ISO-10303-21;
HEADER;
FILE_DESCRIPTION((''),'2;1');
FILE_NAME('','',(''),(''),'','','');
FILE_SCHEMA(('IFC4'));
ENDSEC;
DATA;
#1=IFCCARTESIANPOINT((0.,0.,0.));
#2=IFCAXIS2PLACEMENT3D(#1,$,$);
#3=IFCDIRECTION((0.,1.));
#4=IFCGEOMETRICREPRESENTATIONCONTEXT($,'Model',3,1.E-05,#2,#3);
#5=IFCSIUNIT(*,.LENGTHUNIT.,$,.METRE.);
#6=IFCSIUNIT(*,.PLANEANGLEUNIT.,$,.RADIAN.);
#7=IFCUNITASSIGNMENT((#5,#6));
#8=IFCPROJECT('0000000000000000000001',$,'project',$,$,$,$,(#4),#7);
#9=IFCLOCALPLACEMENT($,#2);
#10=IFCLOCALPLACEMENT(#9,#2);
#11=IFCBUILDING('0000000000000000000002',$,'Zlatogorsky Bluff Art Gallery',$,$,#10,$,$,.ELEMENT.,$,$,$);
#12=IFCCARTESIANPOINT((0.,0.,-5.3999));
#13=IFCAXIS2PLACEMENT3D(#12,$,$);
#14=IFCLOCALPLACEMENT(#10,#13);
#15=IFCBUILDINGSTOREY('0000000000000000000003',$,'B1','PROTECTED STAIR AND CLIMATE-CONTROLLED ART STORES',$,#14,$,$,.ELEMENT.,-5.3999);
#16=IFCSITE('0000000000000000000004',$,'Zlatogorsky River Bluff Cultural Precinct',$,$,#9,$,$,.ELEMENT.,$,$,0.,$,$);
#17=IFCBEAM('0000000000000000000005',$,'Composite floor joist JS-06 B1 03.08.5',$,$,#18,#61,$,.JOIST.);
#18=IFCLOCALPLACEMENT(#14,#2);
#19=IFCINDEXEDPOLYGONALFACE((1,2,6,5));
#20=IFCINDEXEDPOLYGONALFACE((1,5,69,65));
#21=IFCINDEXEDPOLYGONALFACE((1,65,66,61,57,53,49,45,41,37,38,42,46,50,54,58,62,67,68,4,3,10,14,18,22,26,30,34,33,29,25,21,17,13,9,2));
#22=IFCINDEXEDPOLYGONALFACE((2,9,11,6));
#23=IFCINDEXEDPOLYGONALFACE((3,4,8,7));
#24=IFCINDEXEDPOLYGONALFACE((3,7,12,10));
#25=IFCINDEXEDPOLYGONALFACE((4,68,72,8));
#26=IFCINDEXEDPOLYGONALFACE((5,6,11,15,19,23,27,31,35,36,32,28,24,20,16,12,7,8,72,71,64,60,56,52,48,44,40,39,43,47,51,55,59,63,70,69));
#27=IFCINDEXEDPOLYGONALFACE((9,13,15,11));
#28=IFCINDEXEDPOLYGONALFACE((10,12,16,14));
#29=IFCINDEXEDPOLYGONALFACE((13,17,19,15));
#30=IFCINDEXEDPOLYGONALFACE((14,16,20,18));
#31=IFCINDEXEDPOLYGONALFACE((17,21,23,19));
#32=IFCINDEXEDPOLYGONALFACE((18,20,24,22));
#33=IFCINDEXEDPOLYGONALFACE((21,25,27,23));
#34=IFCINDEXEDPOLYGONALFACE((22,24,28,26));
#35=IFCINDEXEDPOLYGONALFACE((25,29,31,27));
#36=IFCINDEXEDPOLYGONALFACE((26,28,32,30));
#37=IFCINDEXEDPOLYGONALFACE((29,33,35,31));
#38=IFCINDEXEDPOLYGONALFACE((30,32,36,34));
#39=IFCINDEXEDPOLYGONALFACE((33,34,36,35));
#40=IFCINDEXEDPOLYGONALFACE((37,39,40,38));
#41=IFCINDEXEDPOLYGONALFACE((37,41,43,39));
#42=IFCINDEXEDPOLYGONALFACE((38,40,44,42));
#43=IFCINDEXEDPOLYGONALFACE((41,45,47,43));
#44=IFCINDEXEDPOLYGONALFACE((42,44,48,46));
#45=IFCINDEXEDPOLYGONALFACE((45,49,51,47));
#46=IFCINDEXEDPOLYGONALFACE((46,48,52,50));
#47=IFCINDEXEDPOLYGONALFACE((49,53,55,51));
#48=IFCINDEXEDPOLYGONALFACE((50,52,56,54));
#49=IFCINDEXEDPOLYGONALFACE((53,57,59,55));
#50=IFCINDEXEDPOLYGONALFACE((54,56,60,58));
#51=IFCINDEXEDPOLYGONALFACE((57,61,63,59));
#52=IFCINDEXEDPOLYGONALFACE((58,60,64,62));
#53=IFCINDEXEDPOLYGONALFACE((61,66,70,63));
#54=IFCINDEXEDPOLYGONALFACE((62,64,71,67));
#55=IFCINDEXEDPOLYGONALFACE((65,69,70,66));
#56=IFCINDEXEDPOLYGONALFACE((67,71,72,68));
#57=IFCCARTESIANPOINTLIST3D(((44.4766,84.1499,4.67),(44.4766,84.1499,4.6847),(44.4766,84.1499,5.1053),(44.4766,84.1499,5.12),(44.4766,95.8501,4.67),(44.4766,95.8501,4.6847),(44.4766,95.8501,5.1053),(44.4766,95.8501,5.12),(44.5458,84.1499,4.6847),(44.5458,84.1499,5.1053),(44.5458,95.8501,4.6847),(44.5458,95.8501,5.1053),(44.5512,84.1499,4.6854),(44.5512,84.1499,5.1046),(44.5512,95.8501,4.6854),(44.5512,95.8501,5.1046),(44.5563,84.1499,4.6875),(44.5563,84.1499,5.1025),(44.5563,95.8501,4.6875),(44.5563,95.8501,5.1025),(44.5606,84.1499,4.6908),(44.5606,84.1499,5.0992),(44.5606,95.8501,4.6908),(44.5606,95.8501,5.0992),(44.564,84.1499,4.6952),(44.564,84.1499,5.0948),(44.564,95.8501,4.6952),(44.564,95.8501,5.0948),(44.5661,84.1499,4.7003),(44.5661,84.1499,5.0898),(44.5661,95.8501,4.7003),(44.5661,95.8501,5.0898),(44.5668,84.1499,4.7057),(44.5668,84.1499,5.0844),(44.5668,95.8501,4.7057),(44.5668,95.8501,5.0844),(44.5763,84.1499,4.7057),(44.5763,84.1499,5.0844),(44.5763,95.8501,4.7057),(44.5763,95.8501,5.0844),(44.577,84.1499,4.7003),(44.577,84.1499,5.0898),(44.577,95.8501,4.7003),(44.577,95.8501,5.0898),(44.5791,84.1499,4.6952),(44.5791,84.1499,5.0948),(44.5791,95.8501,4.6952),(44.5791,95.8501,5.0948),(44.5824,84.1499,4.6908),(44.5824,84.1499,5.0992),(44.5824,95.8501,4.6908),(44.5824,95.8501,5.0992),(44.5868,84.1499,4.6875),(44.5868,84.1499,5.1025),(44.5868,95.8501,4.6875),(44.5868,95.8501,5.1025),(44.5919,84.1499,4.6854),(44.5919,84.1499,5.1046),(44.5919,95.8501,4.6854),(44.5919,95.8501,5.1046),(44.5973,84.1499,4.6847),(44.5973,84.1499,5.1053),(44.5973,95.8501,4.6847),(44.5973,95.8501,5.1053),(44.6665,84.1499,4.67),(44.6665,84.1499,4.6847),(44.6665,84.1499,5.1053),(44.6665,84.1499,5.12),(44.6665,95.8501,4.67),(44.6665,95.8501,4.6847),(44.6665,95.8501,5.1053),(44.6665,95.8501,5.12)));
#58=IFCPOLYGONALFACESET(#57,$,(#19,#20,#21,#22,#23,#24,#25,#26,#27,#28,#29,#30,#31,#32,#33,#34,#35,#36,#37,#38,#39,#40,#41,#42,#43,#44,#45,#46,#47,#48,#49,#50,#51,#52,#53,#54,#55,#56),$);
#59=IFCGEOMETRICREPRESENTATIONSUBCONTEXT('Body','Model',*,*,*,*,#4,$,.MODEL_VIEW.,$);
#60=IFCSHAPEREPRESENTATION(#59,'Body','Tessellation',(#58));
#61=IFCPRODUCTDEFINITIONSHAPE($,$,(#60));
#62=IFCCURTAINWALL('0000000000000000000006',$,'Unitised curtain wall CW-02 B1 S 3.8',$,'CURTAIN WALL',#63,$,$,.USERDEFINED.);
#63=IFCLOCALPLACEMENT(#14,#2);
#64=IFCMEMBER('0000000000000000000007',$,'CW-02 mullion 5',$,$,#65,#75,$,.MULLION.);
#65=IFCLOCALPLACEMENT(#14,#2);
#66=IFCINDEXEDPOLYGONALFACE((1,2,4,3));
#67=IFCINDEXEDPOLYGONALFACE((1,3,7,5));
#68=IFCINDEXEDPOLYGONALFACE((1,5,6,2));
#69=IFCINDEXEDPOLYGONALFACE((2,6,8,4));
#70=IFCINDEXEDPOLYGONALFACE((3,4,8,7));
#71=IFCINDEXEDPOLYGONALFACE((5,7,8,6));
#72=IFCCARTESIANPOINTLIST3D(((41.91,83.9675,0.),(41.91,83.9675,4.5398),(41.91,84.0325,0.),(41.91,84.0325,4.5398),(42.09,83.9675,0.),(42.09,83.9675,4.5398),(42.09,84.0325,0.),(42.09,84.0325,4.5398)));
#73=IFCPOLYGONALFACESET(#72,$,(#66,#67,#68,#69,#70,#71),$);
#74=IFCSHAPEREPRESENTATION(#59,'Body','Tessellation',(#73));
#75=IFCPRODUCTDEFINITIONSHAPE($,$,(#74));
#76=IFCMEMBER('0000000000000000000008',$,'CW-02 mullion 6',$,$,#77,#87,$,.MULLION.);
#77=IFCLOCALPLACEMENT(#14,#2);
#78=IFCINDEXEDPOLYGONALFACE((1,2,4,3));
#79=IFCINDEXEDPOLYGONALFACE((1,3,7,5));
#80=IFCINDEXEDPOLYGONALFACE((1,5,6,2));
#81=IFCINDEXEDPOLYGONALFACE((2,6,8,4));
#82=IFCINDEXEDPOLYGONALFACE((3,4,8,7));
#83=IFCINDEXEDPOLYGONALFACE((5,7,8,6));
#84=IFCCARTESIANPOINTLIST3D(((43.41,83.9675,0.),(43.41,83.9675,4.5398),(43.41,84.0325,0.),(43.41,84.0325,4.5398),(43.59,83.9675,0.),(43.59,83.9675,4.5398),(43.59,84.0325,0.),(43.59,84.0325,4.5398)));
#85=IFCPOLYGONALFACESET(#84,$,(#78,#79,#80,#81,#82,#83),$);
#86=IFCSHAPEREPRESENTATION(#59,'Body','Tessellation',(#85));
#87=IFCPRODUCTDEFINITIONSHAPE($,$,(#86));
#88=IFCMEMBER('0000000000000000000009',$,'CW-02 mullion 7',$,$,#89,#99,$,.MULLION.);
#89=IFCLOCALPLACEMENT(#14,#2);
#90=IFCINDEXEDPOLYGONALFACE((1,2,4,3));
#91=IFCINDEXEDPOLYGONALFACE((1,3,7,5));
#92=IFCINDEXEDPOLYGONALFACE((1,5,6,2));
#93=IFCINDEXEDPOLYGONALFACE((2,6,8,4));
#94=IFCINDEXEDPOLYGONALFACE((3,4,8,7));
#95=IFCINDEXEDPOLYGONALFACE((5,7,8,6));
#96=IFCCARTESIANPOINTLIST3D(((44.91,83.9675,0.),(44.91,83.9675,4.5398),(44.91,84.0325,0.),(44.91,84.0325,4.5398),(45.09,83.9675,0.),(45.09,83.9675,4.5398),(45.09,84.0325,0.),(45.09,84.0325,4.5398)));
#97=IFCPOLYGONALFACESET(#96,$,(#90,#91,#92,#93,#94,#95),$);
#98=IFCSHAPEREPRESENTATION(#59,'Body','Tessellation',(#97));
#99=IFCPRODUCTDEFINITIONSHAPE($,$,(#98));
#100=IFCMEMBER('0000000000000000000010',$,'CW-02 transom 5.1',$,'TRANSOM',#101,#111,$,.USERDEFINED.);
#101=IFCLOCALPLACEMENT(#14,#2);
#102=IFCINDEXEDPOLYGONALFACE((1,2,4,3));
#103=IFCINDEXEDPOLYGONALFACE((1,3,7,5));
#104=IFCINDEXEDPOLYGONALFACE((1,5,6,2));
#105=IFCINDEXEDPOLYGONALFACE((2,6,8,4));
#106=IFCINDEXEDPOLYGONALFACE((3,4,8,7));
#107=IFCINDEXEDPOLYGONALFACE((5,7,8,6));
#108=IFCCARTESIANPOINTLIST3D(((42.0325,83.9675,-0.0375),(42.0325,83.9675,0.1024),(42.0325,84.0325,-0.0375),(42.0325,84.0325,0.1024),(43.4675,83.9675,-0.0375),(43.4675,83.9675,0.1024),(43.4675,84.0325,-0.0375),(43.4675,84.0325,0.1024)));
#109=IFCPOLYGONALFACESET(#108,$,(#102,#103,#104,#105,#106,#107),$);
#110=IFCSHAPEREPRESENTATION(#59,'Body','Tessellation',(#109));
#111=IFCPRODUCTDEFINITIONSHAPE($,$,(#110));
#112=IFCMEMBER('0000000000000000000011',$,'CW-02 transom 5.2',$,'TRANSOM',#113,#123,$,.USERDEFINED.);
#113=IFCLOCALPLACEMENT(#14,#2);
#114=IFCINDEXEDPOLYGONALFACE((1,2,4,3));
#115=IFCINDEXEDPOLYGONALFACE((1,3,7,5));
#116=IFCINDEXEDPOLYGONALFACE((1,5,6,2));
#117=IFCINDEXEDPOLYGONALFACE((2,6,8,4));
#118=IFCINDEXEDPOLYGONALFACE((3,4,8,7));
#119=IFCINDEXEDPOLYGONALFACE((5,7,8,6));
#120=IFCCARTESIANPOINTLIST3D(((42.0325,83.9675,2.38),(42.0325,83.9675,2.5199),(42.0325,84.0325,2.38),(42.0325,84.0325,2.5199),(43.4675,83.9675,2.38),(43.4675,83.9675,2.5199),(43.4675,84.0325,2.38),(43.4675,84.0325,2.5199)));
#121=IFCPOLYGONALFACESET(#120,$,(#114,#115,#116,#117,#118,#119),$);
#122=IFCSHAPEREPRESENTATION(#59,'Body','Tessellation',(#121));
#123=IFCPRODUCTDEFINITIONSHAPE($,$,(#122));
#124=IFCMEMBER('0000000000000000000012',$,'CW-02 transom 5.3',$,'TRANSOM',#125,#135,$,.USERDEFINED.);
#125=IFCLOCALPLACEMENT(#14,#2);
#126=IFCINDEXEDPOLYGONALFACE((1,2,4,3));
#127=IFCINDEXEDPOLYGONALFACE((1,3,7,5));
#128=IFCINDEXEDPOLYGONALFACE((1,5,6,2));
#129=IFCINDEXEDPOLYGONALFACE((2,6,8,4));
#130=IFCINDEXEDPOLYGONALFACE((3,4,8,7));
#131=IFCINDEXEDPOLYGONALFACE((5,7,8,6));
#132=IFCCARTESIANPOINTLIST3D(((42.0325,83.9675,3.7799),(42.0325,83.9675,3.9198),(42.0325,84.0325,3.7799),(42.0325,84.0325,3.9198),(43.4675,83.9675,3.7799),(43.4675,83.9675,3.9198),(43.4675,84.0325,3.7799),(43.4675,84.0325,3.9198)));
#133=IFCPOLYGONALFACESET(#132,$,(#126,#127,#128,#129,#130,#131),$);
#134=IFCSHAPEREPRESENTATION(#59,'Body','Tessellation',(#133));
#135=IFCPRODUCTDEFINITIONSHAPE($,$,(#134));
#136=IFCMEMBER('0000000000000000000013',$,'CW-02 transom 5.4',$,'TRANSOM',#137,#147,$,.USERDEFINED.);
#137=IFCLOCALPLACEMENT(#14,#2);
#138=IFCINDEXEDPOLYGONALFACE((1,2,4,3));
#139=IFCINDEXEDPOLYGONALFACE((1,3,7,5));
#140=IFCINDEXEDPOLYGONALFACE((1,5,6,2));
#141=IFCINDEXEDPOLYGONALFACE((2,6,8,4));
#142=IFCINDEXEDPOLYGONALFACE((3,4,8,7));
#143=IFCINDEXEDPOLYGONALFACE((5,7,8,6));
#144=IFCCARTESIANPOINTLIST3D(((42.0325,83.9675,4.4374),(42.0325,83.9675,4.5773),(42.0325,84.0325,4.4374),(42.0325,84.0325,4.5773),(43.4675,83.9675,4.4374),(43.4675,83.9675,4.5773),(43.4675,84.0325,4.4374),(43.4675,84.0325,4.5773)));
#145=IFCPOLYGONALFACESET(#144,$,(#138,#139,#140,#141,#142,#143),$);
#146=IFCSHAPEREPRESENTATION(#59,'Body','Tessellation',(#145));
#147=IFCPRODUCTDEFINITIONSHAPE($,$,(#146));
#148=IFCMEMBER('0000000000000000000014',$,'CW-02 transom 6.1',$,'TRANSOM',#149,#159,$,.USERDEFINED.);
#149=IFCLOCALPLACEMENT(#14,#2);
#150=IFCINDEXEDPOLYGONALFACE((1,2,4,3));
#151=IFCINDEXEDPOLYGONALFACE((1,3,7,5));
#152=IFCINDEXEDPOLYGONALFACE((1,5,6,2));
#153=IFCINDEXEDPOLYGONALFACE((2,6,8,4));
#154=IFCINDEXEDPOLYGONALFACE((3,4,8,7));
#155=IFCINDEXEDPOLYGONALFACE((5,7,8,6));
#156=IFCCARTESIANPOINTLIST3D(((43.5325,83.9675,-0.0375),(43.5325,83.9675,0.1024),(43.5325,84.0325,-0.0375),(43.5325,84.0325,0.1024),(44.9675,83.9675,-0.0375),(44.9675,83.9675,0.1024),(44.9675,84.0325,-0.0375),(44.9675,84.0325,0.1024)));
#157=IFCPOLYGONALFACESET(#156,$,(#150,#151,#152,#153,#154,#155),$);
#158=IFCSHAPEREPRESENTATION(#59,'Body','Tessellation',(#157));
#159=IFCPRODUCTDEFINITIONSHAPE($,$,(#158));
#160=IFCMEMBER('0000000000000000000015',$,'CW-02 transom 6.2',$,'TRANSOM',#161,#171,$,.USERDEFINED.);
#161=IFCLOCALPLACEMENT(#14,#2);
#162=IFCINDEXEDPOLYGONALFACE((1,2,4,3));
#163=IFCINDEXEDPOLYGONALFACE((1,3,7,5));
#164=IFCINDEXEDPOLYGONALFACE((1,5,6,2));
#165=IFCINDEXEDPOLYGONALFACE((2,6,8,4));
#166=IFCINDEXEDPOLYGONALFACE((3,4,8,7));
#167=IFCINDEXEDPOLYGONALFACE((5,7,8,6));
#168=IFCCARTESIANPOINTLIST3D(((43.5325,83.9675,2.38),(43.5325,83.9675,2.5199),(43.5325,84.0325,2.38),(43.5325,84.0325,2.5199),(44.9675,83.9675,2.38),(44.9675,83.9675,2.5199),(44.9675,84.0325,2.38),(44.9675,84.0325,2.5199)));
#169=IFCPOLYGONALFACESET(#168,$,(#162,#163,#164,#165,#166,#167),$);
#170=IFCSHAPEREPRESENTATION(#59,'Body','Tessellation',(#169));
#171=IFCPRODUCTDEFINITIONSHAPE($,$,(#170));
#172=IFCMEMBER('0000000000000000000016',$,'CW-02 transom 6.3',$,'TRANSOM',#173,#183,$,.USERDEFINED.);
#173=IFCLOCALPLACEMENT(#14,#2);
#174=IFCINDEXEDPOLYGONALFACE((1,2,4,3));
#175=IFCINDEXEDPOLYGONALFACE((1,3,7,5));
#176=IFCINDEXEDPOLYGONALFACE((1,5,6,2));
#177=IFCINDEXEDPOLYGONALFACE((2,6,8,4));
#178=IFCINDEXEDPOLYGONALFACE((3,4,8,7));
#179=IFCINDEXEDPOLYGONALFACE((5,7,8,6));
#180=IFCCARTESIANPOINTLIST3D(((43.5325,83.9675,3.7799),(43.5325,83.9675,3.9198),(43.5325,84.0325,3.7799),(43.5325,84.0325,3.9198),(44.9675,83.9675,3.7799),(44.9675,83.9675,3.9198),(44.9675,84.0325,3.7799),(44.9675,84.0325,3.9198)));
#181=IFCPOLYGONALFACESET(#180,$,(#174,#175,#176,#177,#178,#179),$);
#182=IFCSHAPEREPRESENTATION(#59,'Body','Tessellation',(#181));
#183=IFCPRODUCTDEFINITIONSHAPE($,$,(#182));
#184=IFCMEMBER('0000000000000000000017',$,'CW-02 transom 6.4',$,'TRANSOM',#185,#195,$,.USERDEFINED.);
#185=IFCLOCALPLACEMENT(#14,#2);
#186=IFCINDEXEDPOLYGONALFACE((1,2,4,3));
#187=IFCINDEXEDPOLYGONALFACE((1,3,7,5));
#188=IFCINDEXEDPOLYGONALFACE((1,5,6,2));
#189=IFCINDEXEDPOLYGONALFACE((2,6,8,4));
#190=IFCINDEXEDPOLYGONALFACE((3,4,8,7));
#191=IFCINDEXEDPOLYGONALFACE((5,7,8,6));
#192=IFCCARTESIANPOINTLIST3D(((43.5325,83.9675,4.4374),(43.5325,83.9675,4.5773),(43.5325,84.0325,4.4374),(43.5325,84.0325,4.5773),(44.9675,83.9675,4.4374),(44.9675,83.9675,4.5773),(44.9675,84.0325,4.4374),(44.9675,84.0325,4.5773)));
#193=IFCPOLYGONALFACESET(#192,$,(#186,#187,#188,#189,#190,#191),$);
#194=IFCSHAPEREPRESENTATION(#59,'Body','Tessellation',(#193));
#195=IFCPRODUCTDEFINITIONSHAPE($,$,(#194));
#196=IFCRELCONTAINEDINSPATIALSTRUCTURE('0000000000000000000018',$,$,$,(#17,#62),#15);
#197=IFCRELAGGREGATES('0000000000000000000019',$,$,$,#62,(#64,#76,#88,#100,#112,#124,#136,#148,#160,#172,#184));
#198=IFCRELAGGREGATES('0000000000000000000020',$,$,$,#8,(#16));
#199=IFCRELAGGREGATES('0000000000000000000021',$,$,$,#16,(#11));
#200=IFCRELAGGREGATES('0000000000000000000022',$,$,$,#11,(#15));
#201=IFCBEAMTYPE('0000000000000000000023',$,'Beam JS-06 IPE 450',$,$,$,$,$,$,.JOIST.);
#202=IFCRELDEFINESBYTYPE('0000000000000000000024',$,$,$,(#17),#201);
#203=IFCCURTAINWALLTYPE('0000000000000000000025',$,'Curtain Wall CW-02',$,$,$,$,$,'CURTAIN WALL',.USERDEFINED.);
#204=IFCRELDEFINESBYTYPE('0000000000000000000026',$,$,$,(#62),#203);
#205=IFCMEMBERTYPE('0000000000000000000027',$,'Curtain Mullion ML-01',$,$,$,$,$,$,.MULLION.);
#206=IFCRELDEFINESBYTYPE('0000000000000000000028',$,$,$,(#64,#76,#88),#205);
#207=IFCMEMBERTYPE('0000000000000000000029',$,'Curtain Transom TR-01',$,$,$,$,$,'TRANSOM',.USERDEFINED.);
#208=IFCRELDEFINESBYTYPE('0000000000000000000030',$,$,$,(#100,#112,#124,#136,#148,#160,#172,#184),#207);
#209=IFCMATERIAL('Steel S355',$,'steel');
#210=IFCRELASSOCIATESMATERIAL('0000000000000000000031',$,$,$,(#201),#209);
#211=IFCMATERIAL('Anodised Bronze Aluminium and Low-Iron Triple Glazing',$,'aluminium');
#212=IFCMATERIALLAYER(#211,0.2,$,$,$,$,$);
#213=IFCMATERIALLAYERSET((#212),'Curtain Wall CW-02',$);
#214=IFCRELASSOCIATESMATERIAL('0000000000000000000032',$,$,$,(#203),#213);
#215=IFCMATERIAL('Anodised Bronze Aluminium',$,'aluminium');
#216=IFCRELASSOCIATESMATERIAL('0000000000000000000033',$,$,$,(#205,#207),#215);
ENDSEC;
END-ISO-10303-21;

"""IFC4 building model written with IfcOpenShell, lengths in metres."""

from ifc_helpers import new_model, si_unit, direction, frame, origin, origin_2d, place, context, subcontext, project, spatial, rectangle, i_section, extrude, material, layer, layer_set, material_profile, profile_set, type_object, element, aggregate, save


model = new_model("IFC4")

# Units and contexts
model_context = context("Model", 3, precision=1e-05, world=origin(), true_north=direction((0.0, 1.0)))
body_context = subcontext(model_context, "Body", "Model", "MODEL_VIEW")
ifc_project = project(units=[si_unit("LENGTHUNIT", "METRE"), si_unit("PLANEANGLEUNIT", "RADIAN")], contexts=[model_context])

# Site, building, storey
site_placement = place(None, origin())
site = spatial("IfcSite", under=ifc_project, at=site_placement, Name="Zlatogorsky River Bluff Cultural Precinct", CompositionType="ELEMENT", RefElevation=0.0)
building_placement = place(site_placement, origin())
building = spatial("IfcBuilding", under=site, at=building_placement, Name="Zlatogorsky Bluff Art Gallery", CompositionType="ELEMENT")
storey_placement = place(building_placement, frame((0.0, 0.0, -5.3999)))
storey = spatial("IfcBuildingStorey", under=building, at=storey_placement, Name="B1", Description="PROTECTED STAIR AND CLIMATE-CONTROLLED ART STORES", CompositionType="ELEMENT", Elevation=-5.3999)

# Beam
ifc_material_1 = material(Name="Steel S355", Category="steel")
ifc_material_profile_1 = material_profile(ifc_material_1, i_section(OverallWidth=0.1899, OverallDepth=0.45, WebThickness=0.0095, FlangeThickness=0.0146, FilletRadius=0.021, at=origin_2d()), Name="IPE 450")
ifc_profile_set_1 = profile_set([ifc_material_profile_1], Name="Steel S355")
beam_type = type_object("IfcBeamType", Name="Beam JS-06 IPE 450", PredefinedType="JOIST", material=ifc_profile_set_1)
for number, where, z_axis, x_axis, name in (
    (1, (44.5715, 84.1499, 4.895), (0.0, 1.0, 0.0), (-1.0, 0.0, 0.0), "Composite floor joist JS-06 B1 03.08.5"),
):
    element("IfcBeam", number, at=place(storey_placement, frame(where, z_axis=z_axis, x_axis=x_axis)), inside=storey, type_object=beam_type, Name=name, PredefinedType="JOIST", context=body_context, shape_type="SweptSolid", body=[
        extrude(i_section(OverallWidth=0.1899, OverallDepth=0.45, WebThickness=0.0095, FlangeThickness=0.0146, FilletRadius=0.021, at=origin_2d()), origin(), (0.0, 0.0, 1.0), 11.7002),
    ])

# Curtain wall, members
ifc_material_2 = material(Name="Anodised Bronze Aluminium and Low-Iron Triple Glazing", Category="aluminium")
ifc_layer_1 = layer(ifc_material_2, 0.2)
ifc_layer_set_1 = layer_set([ifc_layer_1], Name="Curtain Wall CW-02")
curtain_wall_type = type_object("IfcCurtainWallType", Name="Curtain Wall CW-02", ElementType="CURTAIN WALL", PredefinedType="USERDEFINED", material=ifc_layer_set_1)
curtain_wall_placement = place(storey_placement, origin())
curtain_wall = element("IfcCurtainWall", 2, at=curtain_wall_placement, inside=storey, type_object=curtain_wall_type, Name="Unitised curtain wall CW-02 B1 S 3.8", ObjectType="CURTAIN WALL", PredefinedType="USERDEFINED")
ifc_material_3 = material(Name="Anodised Bronze Aluminium", Category="aluminium")
ifc_material_profile_2 = material_profile(ifc_material_3, rectangle(XDim=0.0649, YDim=0.1799, at=origin_2d()), Name="ALU MULLION 65x180")
ifc_profile_set_2 = profile_set([ifc_material_profile_2], Name="Anodised Bronze Aluminium")
member_type_1 = type_object("IfcMemberType", Name="Curtain Mullion ML-01", PredefinedType="MULLION", material=ifc_profile_set_2)
member_1_placement = place(storey_placement, frame((42.0, 84.0, 0.0), z_axis=(0.0, 0.0, 1.0), x_axis=(0.0, 1.0, 0.0)))
member_1 = element("IfcMember", 3, at=member_1_placement, type_object=member_type_1, Name="CW-02 mullion 5", PredefinedType="MULLION", context=body_context, shape_type="SweptSolid", body=[
    extrude(rectangle(XDim=0.0649, YDim=0.1799, at=origin_2d()), origin(), (0.0, 0.0, 1.0), 4.5398),
])
member_2_placement = place(storey_placement, frame((43.5, 84.0, 0.0), z_axis=(0.0, 0.0, 1.0), x_axis=(0.0, 1.0, 0.0)))
member_2 = element("IfcMember", 4, at=member_2_placement, type_object=member_type_1, Name="CW-02 mullion 6", PredefinedType="MULLION", context=body_context, shape_type="SweptSolid", body=[
    extrude(rectangle(XDim=0.0649, YDim=0.1799, at=origin_2d()), origin(), (0.0, 0.0, 1.0), 4.5398),
])
member_3_placement = place(storey_placement, frame((45.0, 84.0, 0.0), z_axis=(0.0, 0.0, 1.0), x_axis=(0.0, 1.0, 0.0)))
member_3 = element("IfcMember", 5, at=member_3_placement, type_object=member_type_1, Name="CW-02 mullion 7", PredefinedType="MULLION", context=body_context, shape_type="SweptSolid", body=[
    extrude(rectangle(XDim=0.0649, YDim=0.1799, at=origin_2d()), origin(), (0.0, 0.0, 1.0), 4.5398),
])
ifc_material_profile_3 = material_profile(ifc_material_3, rectangle(XDim=0.0649, YDim=0.1399, at=origin_2d()), Name="ALU TRANSOM 65x140")
ifc_profile_set_3 = profile_set([ifc_material_profile_3], Name="Anodised Bronze Aluminium")
member_type_2 = type_object("IfcMemberType", Name="Curtain Transom TR-01", ElementType="TRANSOM", PredefinedType="USERDEFINED", material=ifc_profile_set_3)
member_4_placement = place(storey_placement, frame((42.0325, 84.0, 0.0325), z_axis=(1.0, 0.0, 0.0), x_axis=(0.0, 1.0, 0.0)))
member_4 = element("IfcMember", 6, at=member_4_placement, type_object=member_type_2, Name="CW-02 transom 5.1", ObjectType="TRANSOM", PredefinedType="USERDEFINED", context=body_context, shape_type="SweptSolid", body=[
    extrude(rectangle(XDim=0.0649, YDim=0.1399, at=origin_2d()), origin(), (0.0, 0.0, 1.0), 1.4351),
])
member_5_placement = place(storey_placement, frame((42.0325, 84.0, 2.45), z_axis=(1.0, 0.0, 0.0), x_axis=(0.0, 1.0, 0.0)))
member_5 = element("IfcMember", 7, at=member_5_placement, type_object=member_type_2, Name="CW-02 transom 5.2", ObjectType="TRANSOM", PredefinedType="USERDEFINED", context=body_context, shape_type="SweptSolid", body=[
    extrude(rectangle(XDim=0.0649, YDim=0.1399, at=origin_2d()), origin(), (0.0, 0.0, 1.0), 1.4351),
])
member_6_placement = place(storey_placement, frame((42.0325, 84.0, 3.8499), z_axis=(1.0, 0.0, 0.0), x_axis=(0.0, 1.0, 0.0)))
member_6 = element("IfcMember", 8, at=member_6_placement, type_object=member_type_2, Name="CW-02 transom 5.3", ObjectType="TRANSOM", PredefinedType="USERDEFINED", context=body_context, shape_type="SweptSolid", body=[
    extrude(rectangle(XDim=0.0649, YDim=0.1399, at=origin_2d()), origin(), (0.0, 0.0, 1.0), 1.4351),
])
member_7_placement = place(storey_placement, frame((42.0325, 84.0, 4.5073), z_axis=(1.0, 0.0, 0.0), x_axis=(0.0, 1.0, 0.0)))
member_7 = element("IfcMember", 9, at=member_7_placement, type_object=member_type_2, Name="CW-02 transom 5.4", ObjectType="TRANSOM", PredefinedType="USERDEFINED", context=body_context, shape_type="SweptSolid", body=[
    extrude(rectangle(XDim=0.0649, YDim=0.1399, at=origin_2d()), origin(), (0.0, 0.0, 1.0), 1.4351),
])
member_8_placement = place(storey_placement, frame((43.5325, 84.0, 0.0325), z_axis=(1.0, 0.0, 0.0), x_axis=(0.0, 1.0, 0.0)))
member_8 = element("IfcMember", 10, at=member_8_placement, type_object=member_type_2, Name="CW-02 transom 6.1", ObjectType="TRANSOM", PredefinedType="USERDEFINED", context=body_context, shape_type="SweptSolid", body=[
    extrude(rectangle(XDim=0.0649, YDim=0.1399, at=origin_2d()), origin(), (0.0, 0.0, 1.0), 1.4351),
])
member_9_placement = place(storey_placement, frame((43.5325, 84.0, 2.45), z_axis=(1.0, 0.0, 0.0), x_axis=(0.0, 1.0, 0.0)))
member_9 = element("IfcMember", 11, at=member_9_placement, type_object=member_type_2, Name="CW-02 transom 6.2", ObjectType="TRANSOM", PredefinedType="USERDEFINED", context=body_context, shape_type="SweptSolid", body=[
    extrude(rectangle(XDim=0.0649, YDim=0.1399, at=origin_2d()), origin(), (0.0, 0.0, 1.0), 1.4351),
])
member_10_placement = place(storey_placement, frame((43.5325, 84.0, 3.8499), z_axis=(1.0, 0.0, 0.0), x_axis=(0.0, 1.0, 0.0)))
member_10 = element("IfcMember", 12, at=member_10_placement, type_object=member_type_2, Name="CW-02 transom 6.3", ObjectType="TRANSOM", PredefinedType="USERDEFINED", context=body_context, shape_type="SweptSolid", body=[
    extrude(rectangle(XDim=0.0649, YDim=0.1399, at=origin_2d()), origin(), (0.0, 0.0, 1.0), 1.4351),
])
member_11_placement = place(storey_placement, frame((43.5325, 84.0, 4.5073), z_axis=(1.0, 0.0, 0.0), x_axis=(0.0, 1.0, 0.0)))
member_11 = element("IfcMember", 13, at=member_11_placement, type_object=member_type_2, Name="CW-02 transom 6.4", ObjectType="TRANSOM", PredefinedType="USERDEFINED", context=body_context, shape_type="SweptSolid", body=[
    extrude(rectangle(XDim=0.0649, YDim=0.1399, at=origin_2d()), origin(), (0.0, 0.0, 1.0), 1.4351),
])
aggregate(curtain_wall, [member_1, member_2, member_3, member_4, member_5, member_6, member_7, member_8, member_9, member_10, member_11])

save(model, "model.ifc")
